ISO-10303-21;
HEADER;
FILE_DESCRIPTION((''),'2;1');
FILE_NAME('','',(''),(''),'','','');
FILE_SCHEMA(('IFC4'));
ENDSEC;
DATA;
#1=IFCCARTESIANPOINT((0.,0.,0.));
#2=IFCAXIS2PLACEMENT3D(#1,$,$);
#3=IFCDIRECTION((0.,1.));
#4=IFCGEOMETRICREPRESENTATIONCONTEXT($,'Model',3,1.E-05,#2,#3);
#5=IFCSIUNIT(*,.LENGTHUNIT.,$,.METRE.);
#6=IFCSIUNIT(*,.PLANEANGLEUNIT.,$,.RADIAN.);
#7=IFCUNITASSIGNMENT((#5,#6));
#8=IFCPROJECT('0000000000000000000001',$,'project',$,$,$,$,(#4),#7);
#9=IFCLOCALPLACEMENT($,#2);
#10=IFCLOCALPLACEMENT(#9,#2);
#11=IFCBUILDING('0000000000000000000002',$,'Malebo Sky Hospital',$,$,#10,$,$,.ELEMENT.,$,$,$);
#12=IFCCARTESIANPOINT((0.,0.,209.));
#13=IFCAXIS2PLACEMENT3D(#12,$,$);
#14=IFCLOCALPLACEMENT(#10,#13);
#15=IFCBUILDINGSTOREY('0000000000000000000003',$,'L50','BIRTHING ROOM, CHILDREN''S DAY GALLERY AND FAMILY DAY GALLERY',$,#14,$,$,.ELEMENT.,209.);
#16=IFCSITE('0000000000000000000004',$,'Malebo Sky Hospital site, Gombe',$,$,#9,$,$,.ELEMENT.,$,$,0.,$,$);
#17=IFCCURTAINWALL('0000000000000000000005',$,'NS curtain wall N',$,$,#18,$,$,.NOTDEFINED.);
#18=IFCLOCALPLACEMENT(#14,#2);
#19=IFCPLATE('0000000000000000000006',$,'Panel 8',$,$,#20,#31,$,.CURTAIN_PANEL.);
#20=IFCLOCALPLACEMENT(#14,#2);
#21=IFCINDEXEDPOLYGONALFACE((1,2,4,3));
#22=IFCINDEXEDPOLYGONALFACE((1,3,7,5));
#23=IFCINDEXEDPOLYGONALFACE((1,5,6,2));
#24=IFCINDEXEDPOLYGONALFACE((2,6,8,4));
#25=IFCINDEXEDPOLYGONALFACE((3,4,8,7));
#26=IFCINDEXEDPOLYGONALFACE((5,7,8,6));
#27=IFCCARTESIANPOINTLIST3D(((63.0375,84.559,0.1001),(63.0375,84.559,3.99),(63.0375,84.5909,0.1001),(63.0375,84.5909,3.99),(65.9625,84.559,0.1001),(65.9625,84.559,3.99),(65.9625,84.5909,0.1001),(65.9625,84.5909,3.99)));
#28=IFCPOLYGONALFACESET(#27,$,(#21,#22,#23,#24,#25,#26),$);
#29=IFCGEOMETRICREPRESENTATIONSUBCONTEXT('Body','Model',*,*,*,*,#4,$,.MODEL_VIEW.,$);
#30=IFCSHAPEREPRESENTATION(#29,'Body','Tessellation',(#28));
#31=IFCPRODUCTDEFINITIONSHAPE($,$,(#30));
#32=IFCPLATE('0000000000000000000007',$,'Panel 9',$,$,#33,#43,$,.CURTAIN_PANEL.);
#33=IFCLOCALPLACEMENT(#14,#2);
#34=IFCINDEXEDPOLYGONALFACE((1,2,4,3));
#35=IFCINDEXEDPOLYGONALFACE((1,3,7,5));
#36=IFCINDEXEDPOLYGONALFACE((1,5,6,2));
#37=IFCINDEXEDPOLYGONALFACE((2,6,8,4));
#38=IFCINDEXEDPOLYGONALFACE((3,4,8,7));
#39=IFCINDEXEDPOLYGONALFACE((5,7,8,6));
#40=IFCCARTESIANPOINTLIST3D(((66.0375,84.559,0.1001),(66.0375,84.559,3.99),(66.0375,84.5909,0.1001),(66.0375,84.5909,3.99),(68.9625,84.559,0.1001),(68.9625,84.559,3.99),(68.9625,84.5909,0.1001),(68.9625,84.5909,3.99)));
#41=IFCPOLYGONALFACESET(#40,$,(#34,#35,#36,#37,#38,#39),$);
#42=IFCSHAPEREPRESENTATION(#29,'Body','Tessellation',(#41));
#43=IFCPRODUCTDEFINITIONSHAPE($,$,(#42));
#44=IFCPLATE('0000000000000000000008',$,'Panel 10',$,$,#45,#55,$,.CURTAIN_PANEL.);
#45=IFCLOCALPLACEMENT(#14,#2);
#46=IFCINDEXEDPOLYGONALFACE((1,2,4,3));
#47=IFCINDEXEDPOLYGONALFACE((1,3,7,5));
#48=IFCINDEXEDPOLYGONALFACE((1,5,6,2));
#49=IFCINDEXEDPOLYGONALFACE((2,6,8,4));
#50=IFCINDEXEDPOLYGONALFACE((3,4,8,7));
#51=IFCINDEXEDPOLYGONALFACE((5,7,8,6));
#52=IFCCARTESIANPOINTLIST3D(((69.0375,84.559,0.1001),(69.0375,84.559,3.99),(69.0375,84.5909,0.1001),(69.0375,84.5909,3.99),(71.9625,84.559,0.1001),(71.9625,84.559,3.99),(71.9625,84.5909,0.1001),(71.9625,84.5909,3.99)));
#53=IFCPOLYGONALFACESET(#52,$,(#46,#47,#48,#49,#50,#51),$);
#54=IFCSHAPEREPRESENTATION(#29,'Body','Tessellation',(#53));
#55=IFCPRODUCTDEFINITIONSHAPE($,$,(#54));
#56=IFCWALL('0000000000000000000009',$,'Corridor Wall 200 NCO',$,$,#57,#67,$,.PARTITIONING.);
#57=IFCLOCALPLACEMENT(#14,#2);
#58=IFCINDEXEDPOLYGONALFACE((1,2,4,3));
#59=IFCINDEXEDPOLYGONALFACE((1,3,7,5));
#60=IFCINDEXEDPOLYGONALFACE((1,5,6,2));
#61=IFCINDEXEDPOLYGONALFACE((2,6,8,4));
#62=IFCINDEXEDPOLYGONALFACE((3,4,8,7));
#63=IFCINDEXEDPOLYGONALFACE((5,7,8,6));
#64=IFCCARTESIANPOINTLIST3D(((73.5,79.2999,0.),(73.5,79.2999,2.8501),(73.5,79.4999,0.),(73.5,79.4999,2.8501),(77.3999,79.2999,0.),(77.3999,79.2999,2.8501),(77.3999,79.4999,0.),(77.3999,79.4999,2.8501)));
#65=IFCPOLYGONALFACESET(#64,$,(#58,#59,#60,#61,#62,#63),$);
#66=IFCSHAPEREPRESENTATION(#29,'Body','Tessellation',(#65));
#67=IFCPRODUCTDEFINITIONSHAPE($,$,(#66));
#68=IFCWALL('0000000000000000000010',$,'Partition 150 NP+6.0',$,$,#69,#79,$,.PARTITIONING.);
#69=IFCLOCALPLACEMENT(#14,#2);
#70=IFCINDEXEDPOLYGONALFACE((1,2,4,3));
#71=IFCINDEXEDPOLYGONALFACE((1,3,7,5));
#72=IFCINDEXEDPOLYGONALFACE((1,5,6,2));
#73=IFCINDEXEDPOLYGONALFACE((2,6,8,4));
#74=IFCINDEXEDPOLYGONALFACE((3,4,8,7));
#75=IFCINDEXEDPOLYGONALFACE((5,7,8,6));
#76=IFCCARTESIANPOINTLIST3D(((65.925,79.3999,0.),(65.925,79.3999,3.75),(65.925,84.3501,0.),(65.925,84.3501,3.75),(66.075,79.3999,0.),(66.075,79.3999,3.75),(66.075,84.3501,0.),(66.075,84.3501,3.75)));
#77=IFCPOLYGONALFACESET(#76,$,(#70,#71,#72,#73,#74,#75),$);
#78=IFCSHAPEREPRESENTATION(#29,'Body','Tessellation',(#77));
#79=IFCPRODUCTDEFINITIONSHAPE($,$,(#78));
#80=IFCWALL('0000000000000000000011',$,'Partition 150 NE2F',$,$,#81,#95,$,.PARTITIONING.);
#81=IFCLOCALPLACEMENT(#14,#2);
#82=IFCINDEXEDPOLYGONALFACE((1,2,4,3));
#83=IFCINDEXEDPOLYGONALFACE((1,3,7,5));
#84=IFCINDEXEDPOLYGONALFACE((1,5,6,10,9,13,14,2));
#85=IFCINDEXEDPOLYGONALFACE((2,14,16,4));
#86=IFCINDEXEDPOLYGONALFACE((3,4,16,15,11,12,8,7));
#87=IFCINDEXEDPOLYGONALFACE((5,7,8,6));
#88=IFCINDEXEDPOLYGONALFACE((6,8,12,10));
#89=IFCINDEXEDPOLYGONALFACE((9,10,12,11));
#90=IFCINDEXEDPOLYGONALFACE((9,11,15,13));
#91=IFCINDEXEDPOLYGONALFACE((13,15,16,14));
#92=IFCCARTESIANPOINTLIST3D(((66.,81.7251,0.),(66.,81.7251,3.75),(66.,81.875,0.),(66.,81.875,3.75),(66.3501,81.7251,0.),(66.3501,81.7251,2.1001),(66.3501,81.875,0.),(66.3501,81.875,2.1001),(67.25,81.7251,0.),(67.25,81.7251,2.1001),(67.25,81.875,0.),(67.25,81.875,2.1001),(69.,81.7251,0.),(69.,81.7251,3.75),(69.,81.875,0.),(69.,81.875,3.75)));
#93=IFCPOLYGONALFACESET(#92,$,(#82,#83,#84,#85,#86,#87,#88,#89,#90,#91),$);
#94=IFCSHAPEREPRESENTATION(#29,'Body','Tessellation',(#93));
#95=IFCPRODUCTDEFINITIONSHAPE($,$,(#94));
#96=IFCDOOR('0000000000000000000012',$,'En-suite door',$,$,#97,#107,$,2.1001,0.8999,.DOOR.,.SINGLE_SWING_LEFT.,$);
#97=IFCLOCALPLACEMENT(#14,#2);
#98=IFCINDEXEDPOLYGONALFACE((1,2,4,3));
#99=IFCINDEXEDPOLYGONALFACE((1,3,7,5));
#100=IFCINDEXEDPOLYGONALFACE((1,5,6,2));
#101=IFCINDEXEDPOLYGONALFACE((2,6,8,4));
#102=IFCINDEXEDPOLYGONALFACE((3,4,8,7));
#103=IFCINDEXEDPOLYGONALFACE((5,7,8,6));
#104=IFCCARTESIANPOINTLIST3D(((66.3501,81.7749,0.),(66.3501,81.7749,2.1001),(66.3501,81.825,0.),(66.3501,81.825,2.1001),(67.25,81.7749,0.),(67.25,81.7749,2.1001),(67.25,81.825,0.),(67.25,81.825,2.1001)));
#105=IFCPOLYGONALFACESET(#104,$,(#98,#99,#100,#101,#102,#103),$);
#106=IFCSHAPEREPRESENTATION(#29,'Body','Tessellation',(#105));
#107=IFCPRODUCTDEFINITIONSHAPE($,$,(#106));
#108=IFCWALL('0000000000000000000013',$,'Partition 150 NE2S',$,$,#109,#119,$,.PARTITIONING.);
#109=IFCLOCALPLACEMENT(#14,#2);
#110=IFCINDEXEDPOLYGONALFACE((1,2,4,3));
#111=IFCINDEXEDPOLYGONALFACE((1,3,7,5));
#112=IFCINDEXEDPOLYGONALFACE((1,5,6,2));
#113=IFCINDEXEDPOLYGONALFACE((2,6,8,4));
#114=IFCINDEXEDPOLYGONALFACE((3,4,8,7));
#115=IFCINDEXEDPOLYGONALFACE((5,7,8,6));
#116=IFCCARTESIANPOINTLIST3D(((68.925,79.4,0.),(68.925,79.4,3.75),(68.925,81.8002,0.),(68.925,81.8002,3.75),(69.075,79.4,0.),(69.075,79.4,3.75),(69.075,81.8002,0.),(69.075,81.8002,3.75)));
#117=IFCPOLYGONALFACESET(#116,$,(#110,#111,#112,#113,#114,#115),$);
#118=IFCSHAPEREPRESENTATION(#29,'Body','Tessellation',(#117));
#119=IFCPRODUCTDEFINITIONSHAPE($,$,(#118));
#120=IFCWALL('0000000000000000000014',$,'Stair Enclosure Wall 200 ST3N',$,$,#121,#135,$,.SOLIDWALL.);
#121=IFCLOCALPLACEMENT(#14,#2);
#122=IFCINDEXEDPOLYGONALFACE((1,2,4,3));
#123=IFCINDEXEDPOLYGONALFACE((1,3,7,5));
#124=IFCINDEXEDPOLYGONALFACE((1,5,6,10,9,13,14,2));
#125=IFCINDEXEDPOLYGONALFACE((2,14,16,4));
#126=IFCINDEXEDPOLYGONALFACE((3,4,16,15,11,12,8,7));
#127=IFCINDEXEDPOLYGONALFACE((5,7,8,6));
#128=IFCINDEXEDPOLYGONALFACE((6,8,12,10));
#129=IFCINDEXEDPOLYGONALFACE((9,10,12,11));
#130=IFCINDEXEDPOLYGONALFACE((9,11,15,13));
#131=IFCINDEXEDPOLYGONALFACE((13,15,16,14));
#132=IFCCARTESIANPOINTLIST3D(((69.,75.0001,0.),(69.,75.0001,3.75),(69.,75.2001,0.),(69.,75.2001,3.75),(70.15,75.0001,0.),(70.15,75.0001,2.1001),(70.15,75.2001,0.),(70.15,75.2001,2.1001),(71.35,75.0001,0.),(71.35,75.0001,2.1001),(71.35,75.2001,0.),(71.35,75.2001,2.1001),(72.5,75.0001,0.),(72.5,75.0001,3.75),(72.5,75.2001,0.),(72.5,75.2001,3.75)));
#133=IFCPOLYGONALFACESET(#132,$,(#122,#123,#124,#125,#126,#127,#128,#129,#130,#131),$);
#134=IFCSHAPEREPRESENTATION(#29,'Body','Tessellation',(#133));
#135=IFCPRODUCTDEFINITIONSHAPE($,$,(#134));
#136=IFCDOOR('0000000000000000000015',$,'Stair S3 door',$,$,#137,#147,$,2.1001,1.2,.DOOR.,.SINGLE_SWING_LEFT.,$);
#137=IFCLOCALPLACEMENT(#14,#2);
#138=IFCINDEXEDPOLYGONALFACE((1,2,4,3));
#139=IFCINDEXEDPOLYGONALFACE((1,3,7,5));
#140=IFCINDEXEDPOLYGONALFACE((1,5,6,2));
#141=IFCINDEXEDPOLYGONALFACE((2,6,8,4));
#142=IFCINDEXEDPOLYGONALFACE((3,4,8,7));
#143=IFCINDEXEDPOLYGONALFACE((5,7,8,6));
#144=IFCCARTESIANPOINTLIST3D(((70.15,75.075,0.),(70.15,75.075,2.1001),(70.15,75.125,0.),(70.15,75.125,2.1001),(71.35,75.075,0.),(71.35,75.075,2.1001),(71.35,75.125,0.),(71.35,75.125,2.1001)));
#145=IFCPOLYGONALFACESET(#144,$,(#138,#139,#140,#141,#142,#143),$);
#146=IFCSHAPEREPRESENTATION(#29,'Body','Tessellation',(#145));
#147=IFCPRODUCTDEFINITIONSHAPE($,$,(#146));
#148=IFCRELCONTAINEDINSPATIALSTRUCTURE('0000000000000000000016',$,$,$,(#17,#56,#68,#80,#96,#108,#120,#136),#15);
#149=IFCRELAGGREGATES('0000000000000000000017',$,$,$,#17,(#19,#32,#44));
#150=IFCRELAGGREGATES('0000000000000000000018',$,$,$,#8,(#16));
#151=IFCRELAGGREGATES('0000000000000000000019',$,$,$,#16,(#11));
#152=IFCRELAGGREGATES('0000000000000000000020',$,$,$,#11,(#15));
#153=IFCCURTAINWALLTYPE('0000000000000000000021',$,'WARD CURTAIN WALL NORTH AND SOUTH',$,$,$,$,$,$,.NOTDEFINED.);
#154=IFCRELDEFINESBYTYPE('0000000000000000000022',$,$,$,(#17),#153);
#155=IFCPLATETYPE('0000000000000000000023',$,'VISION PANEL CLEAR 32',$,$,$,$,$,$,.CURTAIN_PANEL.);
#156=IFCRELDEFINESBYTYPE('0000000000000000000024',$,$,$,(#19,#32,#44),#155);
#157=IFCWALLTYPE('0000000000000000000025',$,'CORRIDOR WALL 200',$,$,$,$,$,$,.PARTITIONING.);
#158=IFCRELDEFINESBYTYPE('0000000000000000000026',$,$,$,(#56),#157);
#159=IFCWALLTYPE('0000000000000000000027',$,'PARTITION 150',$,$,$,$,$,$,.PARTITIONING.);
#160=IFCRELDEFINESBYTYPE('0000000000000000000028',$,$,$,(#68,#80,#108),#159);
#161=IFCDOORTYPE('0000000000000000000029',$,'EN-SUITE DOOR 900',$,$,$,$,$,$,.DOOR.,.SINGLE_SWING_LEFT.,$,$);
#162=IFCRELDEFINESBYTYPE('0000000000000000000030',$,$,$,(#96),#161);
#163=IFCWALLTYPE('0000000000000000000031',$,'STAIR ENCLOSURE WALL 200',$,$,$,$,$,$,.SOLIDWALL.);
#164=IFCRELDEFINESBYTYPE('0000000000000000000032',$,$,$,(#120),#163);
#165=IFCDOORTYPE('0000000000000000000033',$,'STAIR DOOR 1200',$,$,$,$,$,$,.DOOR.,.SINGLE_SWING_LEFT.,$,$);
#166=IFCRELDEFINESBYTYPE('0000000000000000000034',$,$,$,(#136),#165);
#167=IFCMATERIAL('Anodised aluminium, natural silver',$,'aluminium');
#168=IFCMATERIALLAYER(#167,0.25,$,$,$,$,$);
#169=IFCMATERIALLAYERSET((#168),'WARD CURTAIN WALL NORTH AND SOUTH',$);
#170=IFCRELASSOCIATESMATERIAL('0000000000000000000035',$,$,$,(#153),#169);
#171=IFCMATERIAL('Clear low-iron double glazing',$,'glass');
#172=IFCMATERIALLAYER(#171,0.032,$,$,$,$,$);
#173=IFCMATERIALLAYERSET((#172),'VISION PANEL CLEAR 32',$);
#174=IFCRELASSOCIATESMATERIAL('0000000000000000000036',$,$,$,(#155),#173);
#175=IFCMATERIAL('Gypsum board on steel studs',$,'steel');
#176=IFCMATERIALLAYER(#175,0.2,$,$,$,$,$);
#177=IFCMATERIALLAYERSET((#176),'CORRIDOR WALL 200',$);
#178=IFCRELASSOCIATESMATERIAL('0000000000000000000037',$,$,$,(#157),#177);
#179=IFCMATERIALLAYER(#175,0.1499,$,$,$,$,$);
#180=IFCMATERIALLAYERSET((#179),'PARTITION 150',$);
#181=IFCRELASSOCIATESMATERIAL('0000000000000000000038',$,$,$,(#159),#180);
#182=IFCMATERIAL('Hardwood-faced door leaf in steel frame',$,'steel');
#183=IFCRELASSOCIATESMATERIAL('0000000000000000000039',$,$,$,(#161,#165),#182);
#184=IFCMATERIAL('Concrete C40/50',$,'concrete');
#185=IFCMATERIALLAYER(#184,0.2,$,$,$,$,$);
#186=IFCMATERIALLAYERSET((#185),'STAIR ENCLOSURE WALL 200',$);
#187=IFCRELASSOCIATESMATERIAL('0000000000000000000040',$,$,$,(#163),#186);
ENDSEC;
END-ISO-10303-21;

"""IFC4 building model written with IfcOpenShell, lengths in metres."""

from ifc_helpers import new_model, si_unit, direction, frame, frame_2d, origin, origin_2d, place, context, subcontext, project, spatial, rectangle, extrude, material, layer, layer_set, type_object, element, fill, aggregate, save


model = new_model("IFC4")

# Units and contexts
model_context = context("Model", 3, precision=1e-05, world=origin(), true_north=direction((0.0, 1.0)))
body_context = subcontext(model_context, "Body", "Model", "MODEL_VIEW")
ifc_project = project(units=[si_unit("LENGTHUNIT", "METRE"), si_unit("PLANEANGLEUNIT", "RADIAN")], contexts=[model_context])

# Site, building, storey
site_placement = place(None, origin())
site = spatial("IfcSite", under=ifc_project, at=site_placement, Name="Malebo Sky Hospital site, Gombe", CompositionType="ELEMENT", RefElevation=0.0)
building_placement = place(site_placement, origin())
building = spatial("IfcBuilding", under=site, at=building_placement, Name="Malebo Sky Hospital", CompositionType="ELEMENT")
storey_placement = place(building_placement, frame((0.0, 0.0, 209.0)))
storey = spatial("IfcBuildingStorey", under=building, at=storey_placement, Name="L50", Description="BIRTHING ROOM, CHILDREN'S DAY GALLERY AND FAMILY DAY GALLERY", CompositionType="ELEMENT", Elevation=209.0)

# Curtain wall
ifc_material_1 = material(Name="Anodised aluminium, natural silver", Category="aluminium")
ifc_layer_1 = layer(ifc_material_1, 0.25)
ifc_layer_set_1 = layer_set([ifc_layer_1], Name="WARD CURTAIN WALL NORTH AND SOUTH")
curtain_wall_type = type_object("IfcCurtainWallType", Name="WARD CURTAIN WALL NORTH AND SOUTH", PredefinedType="NOTDEFINED", material=ifc_layer_set_1)
curtain_wall_placement = place(storey_placement, origin())
curtain_wall = element("IfcCurtainWall", 1, at=curtain_wall_placement, inside=storey, type_object=curtain_wall_type, Name="NS curtain wall N", PredefinedType="NOTDEFINED")

# Plates
ifc_material_2 = material(Name="Clear low-iron double glazing", Category="glass")
ifc_layer_2 = layer(ifc_material_2, 0.032)
ifc_layer_set_2 = layer_set([ifc_layer_2], Name="VISION PANEL CLEAR 32")
plate_type = type_object("IfcPlateType", Name="VISION PANEL CLEAR 32", PredefinedType="CURTAIN_PANEL", material=ifc_layer_set_2)
plate_1_placement = place(storey_placement, frame((64.5, 84.575, 0.1001), z_axis=(0.0, 0.0, 1.0), x_axis=(1.0, 0.0, 0.0)))
plate_1 = element("IfcPlate", 2, at=plate_1_placement, type_object=plate_type, Name="Panel 8", PredefinedType="CURTAIN_PANEL", context=body_context, shape_type="SweptSolid", body=[
    extrude(rectangle(XDim=2.925, YDim=0.032, at=origin_2d()), origin(), (0.0, 0.0, 1.0), 3.8899),
])
plate_2_placement = place(storey_placement, frame((67.5, 84.575, 0.1001), z_axis=(0.0, 0.0, 1.0), x_axis=(1.0, 0.0, 0.0)))
plate_2 = element("IfcPlate", 3, at=plate_2_placement, type_object=plate_type, Name="Panel 9", PredefinedType="CURTAIN_PANEL", context=body_context, shape_type="SweptSolid", body=[
    extrude(rectangle(XDim=2.925, YDim=0.032, at=origin_2d()), origin(), (0.0, 0.0, 1.0), 3.8899),
])
plate_3_placement = place(storey_placement, frame((70.5, 84.575, 0.1001), z_axis=(0.0, 0.0, 1.0), x_axis=(1.0, 0.0, 0.0)))
plate_3 = element("IfcPlate", 4, at=plate_3_placement, type_object=plate_type, Name="Panel 10", PredefinedType="CURTAIN_PANEL", context=body_context, shape_type="SweptSolid", body=[
    extrude(rectangle(XDim=2.925, YDim=0.032, at=origin_2d()), origin(), (0.0, 0.0, 1.0), 3.8899),
])
aggregate(curtain_wall, [plate_1, plate_2, plate_3])

# Walls
ifc_material_3 = material(Name="Gypsum board on steel studs", Category="steel")
ifc_layer_3 = layer(ifc_material_3, 0.2)
ifc_layer_set_3 = layer_set([ifc_layer_3], Name="CORRIDOR WALL 200")
wall_type_1 = type_object("IfcWallType", Name="CORRIDOR WALL 200", PredefinedType="PARTITIONING", material=ifc_layer_set_3)
wall_1_placement = place(storey_placement, frame((73.5, 79.3999, 0.0), z_axis=(0.0, 0.0, 1.0), x_axis=(1.0, 0.0, 0.0)))
element("IfcWall", 5, at=wall_1_placement, inside=storey, type_object=wall_type_1, Name="Corridor Wall 200 NCO", PredefinedType="PARTITIONING", context=body_context, shape_type="SweptSolid", body=[
    extrude(rectangle(XDim=3.8999, YDim=0.2, at=frame_2d((1.95, 0.0))), origin(), (0.0, 0.0, 1.0), 2.8501),
])
ifc_layer_4 = layer(ifc_material_3, 0.1499)
ifc_layer_set_4 = layer_set([ifc_layer_4], Name="PARTITION 150")
wall_type_2 = type_object("IfcWallType", Name="PARTITION 150", PredefinedType="PARTITIONING", material=ifc_layer_set_4)
wall_2_placement = place(storey_placement, frame((66.0, 79.3999, 0.0), z_axis=(0.0, 0.0, 1.0), x_axis=(0.0, 1.0, 0.0)))
element("IfcWall", 6, at=wall_2_placement, inside=storey, type_object=wall_type_2, Name="Partition 150 NP+6.0", PredefinedType="PARTITIONING", context=body_context, shape_type="SweptSolid", body=[
    extrude(rectangle(XDim=4.9502, YDim=0.1499, at=frame_2d((2.4751, 0.0))), origin(), (0.0, 0.0, 1.0), 3.75),
])

# Wall, opening, door
wall_3_placement = place(storey_placement, frame((66.0, 81.8, 0.0), z_axis=(0.0, 0.0, 1.0), x_axis=(1.0, 0.0, 0.0)))
wall_3 = element("IfcWall", 7, at=wall_3_placement, inside=storey, type_object=wall_type_2, Name="Partition 150 NE2F", PredefinedType="PARTITIONING", context=body_context, shape_type="SweptSolid", body=[
    extrude(rectangle(XDim=3.0, YDim=0.1499, at=frame_2d((1.5, 0.0))), origin(), (0.0, 0.0, 1.0), 3.75),
])
opening_1_placement = place(wall_3_placement, frame((0.3501, 0.0, 0.0)))
opening_1 = element("IfcOpeningElement", 8, at=opening_1_placement, cuts=wall_3, PredefinedType="OPENING", context=body_context, shape_type="SweptSolid", body=[
    extrude(rectangle(XDim=0.8999, YDim=2.1001, at=frame_2d((0.45, 1.05))), frame((0.0, 0.085, 0.0), z_axis=(0.0, -1.0, 0.0), x_axis=(1.0, 0.0, 0.0)), (0.0, 0.0, 1.0), 0.1699),
])
ifc_material_4 = material(Name="Hardwood-faced door leaf in steel frame", Category="steel")
door_type_1 = type_object("IfcDoorType", Name="EN-SUITE DOOR 900", OperationType="SINGLE_SWING_LEFT", PredefinedType="DOOR", material=ifc_material_4)
door_1_placement = place(opening_1_placement, origin())
door_1 = element("IfcDoor", 9, at=door_1_placement, inside=storey, type_object=door_type_1, Name="En-suite door", OperationType="SINGLE_SWING_LEFT", OverallHeight=2.1001, OverallWidth=0.8999, PredefinedType="DOOR", context=body_context, shape_type="SweptSolid", body=[
    extrude(rectangle(XDim=0.8999, YDim=2.1001, at=frame_2d((0.45, 1.05))), frame((0.0, 0.0249, 0.0), z_axis=(0.0, -1.0, 0.0), x_axis=(1.0, 0.0, 0.0)), (0.0, 0.0, 1.0), 0.05),
])
fill(opening_1, door_1)

# Wall
wall_4_placement = place(storey_placement, frame((69.0, 79.3999, 0.0), z_axis=(0.0, 0.0, 1.0), x_axis=(0.0, 1.0, 0.0)))
element("IfcWall", 10, at=wall_4_placement, inside=storey, type_object=wall_type_2, Name="Partition 150 NE2S", PredefinedType="PARTITIONING", context=body_context, shape_type="SweptSolid", body=[
    extrude(rectangle(XDim=2.4001, YDim=0.1499, at=frame_2d((1.2002, 0.0))), origin(), (0.0, 0.0, 1.0), 3.75),
])

# Wall, opening, door
ifc_material_5 = material(Name="Concrete C40/50", Category="concrete")
ifc_layer_5 = layer(ifc_material_5, 0.2)
ifc_layer_set_5 = layer_set([ifc_layer_5], Name="STAIR ENCLOSURE WALL 200")
wall_type_3 = type_object("IfcWallType", Name="STAIR ENCLOSURE WALL 200", PredefinedType="SOLIDWALL", material=ifc_layer_set_5)
wall_5_placement = place(storey_placement, frame((69.0, 75.1001, 0.0), z_axis=(0.0, 0.0, 1.0), x_axis=(1.0, 0.0, 0.0)))
wall_5 = element("IfcWall", 11, at=wall_5_placement, inside=storey, type_object=wall_type_3, Name="Stair Enclosure Wall 200 ST3N", PredefinedType="SOLIDWALL", context=body_context, shape_type="SweptSolid", body=[
    extrude(rectangle(XDim=3.5, YDim=0.2, at=frame_2d((1.75, 0.0))), origin(), (0.0, 0.0, 1.0), 3.75),
])
opening_2_placement = place(wall_5_placement, frame((1.1499, 0.0, 0.0)))
opening_2 = element("IfcOpeningElement", 12, at=opening_2_placement, cuts=wall_5, PredefinedType="OPENING", context=body_context, shape_type="SweptSolid", body=[
    extrude(rectangle(XDim=1.2, YDim=2.1001, at=frame_2d((0.6001, 1.05))), frame((0.0, 0.1099, 0.0), z_axis=(0.0, -1.0, 0.0), x_axis=(1.0, 0.0, 0.0)), (0.0, 0.0, 1.0), 0.22),
])
door_type_2 = type_object("IfcDoorType", Name="STAIR DOOR 1200", OperationType="SINGLE_SWING_LEFT", PredefinedType="DOOR", material=ifc_material_4)
door_2_placement = place(opening_2_placement, origin())
door_2 = element("IfcDoor", 13, at=door_2_placement, inside=storey, type_object=door_type_2, Name="Stair S3 door", OperationType="SINGLE_SWING_LEFT", OverallHeight=2.1001, OverallWidth=1.2, PredefinedType="DOOR", context=body_context, shape_type="SweptSolid", body=[
    extrude(rectangle(XDim=1.2, YDim=2.1001, at=frame_2d((0.6001, 1.05))), frame((0.0, 0.0249, 0.0), z_axis=(0.0, -1.0, 0.0), x_axis=(1.0, 0.0, 0.0)), (0.0, 0.0, 1.0), 0.05),
])
fill(opening_2, door_2)

save(model, "model.ifc")
